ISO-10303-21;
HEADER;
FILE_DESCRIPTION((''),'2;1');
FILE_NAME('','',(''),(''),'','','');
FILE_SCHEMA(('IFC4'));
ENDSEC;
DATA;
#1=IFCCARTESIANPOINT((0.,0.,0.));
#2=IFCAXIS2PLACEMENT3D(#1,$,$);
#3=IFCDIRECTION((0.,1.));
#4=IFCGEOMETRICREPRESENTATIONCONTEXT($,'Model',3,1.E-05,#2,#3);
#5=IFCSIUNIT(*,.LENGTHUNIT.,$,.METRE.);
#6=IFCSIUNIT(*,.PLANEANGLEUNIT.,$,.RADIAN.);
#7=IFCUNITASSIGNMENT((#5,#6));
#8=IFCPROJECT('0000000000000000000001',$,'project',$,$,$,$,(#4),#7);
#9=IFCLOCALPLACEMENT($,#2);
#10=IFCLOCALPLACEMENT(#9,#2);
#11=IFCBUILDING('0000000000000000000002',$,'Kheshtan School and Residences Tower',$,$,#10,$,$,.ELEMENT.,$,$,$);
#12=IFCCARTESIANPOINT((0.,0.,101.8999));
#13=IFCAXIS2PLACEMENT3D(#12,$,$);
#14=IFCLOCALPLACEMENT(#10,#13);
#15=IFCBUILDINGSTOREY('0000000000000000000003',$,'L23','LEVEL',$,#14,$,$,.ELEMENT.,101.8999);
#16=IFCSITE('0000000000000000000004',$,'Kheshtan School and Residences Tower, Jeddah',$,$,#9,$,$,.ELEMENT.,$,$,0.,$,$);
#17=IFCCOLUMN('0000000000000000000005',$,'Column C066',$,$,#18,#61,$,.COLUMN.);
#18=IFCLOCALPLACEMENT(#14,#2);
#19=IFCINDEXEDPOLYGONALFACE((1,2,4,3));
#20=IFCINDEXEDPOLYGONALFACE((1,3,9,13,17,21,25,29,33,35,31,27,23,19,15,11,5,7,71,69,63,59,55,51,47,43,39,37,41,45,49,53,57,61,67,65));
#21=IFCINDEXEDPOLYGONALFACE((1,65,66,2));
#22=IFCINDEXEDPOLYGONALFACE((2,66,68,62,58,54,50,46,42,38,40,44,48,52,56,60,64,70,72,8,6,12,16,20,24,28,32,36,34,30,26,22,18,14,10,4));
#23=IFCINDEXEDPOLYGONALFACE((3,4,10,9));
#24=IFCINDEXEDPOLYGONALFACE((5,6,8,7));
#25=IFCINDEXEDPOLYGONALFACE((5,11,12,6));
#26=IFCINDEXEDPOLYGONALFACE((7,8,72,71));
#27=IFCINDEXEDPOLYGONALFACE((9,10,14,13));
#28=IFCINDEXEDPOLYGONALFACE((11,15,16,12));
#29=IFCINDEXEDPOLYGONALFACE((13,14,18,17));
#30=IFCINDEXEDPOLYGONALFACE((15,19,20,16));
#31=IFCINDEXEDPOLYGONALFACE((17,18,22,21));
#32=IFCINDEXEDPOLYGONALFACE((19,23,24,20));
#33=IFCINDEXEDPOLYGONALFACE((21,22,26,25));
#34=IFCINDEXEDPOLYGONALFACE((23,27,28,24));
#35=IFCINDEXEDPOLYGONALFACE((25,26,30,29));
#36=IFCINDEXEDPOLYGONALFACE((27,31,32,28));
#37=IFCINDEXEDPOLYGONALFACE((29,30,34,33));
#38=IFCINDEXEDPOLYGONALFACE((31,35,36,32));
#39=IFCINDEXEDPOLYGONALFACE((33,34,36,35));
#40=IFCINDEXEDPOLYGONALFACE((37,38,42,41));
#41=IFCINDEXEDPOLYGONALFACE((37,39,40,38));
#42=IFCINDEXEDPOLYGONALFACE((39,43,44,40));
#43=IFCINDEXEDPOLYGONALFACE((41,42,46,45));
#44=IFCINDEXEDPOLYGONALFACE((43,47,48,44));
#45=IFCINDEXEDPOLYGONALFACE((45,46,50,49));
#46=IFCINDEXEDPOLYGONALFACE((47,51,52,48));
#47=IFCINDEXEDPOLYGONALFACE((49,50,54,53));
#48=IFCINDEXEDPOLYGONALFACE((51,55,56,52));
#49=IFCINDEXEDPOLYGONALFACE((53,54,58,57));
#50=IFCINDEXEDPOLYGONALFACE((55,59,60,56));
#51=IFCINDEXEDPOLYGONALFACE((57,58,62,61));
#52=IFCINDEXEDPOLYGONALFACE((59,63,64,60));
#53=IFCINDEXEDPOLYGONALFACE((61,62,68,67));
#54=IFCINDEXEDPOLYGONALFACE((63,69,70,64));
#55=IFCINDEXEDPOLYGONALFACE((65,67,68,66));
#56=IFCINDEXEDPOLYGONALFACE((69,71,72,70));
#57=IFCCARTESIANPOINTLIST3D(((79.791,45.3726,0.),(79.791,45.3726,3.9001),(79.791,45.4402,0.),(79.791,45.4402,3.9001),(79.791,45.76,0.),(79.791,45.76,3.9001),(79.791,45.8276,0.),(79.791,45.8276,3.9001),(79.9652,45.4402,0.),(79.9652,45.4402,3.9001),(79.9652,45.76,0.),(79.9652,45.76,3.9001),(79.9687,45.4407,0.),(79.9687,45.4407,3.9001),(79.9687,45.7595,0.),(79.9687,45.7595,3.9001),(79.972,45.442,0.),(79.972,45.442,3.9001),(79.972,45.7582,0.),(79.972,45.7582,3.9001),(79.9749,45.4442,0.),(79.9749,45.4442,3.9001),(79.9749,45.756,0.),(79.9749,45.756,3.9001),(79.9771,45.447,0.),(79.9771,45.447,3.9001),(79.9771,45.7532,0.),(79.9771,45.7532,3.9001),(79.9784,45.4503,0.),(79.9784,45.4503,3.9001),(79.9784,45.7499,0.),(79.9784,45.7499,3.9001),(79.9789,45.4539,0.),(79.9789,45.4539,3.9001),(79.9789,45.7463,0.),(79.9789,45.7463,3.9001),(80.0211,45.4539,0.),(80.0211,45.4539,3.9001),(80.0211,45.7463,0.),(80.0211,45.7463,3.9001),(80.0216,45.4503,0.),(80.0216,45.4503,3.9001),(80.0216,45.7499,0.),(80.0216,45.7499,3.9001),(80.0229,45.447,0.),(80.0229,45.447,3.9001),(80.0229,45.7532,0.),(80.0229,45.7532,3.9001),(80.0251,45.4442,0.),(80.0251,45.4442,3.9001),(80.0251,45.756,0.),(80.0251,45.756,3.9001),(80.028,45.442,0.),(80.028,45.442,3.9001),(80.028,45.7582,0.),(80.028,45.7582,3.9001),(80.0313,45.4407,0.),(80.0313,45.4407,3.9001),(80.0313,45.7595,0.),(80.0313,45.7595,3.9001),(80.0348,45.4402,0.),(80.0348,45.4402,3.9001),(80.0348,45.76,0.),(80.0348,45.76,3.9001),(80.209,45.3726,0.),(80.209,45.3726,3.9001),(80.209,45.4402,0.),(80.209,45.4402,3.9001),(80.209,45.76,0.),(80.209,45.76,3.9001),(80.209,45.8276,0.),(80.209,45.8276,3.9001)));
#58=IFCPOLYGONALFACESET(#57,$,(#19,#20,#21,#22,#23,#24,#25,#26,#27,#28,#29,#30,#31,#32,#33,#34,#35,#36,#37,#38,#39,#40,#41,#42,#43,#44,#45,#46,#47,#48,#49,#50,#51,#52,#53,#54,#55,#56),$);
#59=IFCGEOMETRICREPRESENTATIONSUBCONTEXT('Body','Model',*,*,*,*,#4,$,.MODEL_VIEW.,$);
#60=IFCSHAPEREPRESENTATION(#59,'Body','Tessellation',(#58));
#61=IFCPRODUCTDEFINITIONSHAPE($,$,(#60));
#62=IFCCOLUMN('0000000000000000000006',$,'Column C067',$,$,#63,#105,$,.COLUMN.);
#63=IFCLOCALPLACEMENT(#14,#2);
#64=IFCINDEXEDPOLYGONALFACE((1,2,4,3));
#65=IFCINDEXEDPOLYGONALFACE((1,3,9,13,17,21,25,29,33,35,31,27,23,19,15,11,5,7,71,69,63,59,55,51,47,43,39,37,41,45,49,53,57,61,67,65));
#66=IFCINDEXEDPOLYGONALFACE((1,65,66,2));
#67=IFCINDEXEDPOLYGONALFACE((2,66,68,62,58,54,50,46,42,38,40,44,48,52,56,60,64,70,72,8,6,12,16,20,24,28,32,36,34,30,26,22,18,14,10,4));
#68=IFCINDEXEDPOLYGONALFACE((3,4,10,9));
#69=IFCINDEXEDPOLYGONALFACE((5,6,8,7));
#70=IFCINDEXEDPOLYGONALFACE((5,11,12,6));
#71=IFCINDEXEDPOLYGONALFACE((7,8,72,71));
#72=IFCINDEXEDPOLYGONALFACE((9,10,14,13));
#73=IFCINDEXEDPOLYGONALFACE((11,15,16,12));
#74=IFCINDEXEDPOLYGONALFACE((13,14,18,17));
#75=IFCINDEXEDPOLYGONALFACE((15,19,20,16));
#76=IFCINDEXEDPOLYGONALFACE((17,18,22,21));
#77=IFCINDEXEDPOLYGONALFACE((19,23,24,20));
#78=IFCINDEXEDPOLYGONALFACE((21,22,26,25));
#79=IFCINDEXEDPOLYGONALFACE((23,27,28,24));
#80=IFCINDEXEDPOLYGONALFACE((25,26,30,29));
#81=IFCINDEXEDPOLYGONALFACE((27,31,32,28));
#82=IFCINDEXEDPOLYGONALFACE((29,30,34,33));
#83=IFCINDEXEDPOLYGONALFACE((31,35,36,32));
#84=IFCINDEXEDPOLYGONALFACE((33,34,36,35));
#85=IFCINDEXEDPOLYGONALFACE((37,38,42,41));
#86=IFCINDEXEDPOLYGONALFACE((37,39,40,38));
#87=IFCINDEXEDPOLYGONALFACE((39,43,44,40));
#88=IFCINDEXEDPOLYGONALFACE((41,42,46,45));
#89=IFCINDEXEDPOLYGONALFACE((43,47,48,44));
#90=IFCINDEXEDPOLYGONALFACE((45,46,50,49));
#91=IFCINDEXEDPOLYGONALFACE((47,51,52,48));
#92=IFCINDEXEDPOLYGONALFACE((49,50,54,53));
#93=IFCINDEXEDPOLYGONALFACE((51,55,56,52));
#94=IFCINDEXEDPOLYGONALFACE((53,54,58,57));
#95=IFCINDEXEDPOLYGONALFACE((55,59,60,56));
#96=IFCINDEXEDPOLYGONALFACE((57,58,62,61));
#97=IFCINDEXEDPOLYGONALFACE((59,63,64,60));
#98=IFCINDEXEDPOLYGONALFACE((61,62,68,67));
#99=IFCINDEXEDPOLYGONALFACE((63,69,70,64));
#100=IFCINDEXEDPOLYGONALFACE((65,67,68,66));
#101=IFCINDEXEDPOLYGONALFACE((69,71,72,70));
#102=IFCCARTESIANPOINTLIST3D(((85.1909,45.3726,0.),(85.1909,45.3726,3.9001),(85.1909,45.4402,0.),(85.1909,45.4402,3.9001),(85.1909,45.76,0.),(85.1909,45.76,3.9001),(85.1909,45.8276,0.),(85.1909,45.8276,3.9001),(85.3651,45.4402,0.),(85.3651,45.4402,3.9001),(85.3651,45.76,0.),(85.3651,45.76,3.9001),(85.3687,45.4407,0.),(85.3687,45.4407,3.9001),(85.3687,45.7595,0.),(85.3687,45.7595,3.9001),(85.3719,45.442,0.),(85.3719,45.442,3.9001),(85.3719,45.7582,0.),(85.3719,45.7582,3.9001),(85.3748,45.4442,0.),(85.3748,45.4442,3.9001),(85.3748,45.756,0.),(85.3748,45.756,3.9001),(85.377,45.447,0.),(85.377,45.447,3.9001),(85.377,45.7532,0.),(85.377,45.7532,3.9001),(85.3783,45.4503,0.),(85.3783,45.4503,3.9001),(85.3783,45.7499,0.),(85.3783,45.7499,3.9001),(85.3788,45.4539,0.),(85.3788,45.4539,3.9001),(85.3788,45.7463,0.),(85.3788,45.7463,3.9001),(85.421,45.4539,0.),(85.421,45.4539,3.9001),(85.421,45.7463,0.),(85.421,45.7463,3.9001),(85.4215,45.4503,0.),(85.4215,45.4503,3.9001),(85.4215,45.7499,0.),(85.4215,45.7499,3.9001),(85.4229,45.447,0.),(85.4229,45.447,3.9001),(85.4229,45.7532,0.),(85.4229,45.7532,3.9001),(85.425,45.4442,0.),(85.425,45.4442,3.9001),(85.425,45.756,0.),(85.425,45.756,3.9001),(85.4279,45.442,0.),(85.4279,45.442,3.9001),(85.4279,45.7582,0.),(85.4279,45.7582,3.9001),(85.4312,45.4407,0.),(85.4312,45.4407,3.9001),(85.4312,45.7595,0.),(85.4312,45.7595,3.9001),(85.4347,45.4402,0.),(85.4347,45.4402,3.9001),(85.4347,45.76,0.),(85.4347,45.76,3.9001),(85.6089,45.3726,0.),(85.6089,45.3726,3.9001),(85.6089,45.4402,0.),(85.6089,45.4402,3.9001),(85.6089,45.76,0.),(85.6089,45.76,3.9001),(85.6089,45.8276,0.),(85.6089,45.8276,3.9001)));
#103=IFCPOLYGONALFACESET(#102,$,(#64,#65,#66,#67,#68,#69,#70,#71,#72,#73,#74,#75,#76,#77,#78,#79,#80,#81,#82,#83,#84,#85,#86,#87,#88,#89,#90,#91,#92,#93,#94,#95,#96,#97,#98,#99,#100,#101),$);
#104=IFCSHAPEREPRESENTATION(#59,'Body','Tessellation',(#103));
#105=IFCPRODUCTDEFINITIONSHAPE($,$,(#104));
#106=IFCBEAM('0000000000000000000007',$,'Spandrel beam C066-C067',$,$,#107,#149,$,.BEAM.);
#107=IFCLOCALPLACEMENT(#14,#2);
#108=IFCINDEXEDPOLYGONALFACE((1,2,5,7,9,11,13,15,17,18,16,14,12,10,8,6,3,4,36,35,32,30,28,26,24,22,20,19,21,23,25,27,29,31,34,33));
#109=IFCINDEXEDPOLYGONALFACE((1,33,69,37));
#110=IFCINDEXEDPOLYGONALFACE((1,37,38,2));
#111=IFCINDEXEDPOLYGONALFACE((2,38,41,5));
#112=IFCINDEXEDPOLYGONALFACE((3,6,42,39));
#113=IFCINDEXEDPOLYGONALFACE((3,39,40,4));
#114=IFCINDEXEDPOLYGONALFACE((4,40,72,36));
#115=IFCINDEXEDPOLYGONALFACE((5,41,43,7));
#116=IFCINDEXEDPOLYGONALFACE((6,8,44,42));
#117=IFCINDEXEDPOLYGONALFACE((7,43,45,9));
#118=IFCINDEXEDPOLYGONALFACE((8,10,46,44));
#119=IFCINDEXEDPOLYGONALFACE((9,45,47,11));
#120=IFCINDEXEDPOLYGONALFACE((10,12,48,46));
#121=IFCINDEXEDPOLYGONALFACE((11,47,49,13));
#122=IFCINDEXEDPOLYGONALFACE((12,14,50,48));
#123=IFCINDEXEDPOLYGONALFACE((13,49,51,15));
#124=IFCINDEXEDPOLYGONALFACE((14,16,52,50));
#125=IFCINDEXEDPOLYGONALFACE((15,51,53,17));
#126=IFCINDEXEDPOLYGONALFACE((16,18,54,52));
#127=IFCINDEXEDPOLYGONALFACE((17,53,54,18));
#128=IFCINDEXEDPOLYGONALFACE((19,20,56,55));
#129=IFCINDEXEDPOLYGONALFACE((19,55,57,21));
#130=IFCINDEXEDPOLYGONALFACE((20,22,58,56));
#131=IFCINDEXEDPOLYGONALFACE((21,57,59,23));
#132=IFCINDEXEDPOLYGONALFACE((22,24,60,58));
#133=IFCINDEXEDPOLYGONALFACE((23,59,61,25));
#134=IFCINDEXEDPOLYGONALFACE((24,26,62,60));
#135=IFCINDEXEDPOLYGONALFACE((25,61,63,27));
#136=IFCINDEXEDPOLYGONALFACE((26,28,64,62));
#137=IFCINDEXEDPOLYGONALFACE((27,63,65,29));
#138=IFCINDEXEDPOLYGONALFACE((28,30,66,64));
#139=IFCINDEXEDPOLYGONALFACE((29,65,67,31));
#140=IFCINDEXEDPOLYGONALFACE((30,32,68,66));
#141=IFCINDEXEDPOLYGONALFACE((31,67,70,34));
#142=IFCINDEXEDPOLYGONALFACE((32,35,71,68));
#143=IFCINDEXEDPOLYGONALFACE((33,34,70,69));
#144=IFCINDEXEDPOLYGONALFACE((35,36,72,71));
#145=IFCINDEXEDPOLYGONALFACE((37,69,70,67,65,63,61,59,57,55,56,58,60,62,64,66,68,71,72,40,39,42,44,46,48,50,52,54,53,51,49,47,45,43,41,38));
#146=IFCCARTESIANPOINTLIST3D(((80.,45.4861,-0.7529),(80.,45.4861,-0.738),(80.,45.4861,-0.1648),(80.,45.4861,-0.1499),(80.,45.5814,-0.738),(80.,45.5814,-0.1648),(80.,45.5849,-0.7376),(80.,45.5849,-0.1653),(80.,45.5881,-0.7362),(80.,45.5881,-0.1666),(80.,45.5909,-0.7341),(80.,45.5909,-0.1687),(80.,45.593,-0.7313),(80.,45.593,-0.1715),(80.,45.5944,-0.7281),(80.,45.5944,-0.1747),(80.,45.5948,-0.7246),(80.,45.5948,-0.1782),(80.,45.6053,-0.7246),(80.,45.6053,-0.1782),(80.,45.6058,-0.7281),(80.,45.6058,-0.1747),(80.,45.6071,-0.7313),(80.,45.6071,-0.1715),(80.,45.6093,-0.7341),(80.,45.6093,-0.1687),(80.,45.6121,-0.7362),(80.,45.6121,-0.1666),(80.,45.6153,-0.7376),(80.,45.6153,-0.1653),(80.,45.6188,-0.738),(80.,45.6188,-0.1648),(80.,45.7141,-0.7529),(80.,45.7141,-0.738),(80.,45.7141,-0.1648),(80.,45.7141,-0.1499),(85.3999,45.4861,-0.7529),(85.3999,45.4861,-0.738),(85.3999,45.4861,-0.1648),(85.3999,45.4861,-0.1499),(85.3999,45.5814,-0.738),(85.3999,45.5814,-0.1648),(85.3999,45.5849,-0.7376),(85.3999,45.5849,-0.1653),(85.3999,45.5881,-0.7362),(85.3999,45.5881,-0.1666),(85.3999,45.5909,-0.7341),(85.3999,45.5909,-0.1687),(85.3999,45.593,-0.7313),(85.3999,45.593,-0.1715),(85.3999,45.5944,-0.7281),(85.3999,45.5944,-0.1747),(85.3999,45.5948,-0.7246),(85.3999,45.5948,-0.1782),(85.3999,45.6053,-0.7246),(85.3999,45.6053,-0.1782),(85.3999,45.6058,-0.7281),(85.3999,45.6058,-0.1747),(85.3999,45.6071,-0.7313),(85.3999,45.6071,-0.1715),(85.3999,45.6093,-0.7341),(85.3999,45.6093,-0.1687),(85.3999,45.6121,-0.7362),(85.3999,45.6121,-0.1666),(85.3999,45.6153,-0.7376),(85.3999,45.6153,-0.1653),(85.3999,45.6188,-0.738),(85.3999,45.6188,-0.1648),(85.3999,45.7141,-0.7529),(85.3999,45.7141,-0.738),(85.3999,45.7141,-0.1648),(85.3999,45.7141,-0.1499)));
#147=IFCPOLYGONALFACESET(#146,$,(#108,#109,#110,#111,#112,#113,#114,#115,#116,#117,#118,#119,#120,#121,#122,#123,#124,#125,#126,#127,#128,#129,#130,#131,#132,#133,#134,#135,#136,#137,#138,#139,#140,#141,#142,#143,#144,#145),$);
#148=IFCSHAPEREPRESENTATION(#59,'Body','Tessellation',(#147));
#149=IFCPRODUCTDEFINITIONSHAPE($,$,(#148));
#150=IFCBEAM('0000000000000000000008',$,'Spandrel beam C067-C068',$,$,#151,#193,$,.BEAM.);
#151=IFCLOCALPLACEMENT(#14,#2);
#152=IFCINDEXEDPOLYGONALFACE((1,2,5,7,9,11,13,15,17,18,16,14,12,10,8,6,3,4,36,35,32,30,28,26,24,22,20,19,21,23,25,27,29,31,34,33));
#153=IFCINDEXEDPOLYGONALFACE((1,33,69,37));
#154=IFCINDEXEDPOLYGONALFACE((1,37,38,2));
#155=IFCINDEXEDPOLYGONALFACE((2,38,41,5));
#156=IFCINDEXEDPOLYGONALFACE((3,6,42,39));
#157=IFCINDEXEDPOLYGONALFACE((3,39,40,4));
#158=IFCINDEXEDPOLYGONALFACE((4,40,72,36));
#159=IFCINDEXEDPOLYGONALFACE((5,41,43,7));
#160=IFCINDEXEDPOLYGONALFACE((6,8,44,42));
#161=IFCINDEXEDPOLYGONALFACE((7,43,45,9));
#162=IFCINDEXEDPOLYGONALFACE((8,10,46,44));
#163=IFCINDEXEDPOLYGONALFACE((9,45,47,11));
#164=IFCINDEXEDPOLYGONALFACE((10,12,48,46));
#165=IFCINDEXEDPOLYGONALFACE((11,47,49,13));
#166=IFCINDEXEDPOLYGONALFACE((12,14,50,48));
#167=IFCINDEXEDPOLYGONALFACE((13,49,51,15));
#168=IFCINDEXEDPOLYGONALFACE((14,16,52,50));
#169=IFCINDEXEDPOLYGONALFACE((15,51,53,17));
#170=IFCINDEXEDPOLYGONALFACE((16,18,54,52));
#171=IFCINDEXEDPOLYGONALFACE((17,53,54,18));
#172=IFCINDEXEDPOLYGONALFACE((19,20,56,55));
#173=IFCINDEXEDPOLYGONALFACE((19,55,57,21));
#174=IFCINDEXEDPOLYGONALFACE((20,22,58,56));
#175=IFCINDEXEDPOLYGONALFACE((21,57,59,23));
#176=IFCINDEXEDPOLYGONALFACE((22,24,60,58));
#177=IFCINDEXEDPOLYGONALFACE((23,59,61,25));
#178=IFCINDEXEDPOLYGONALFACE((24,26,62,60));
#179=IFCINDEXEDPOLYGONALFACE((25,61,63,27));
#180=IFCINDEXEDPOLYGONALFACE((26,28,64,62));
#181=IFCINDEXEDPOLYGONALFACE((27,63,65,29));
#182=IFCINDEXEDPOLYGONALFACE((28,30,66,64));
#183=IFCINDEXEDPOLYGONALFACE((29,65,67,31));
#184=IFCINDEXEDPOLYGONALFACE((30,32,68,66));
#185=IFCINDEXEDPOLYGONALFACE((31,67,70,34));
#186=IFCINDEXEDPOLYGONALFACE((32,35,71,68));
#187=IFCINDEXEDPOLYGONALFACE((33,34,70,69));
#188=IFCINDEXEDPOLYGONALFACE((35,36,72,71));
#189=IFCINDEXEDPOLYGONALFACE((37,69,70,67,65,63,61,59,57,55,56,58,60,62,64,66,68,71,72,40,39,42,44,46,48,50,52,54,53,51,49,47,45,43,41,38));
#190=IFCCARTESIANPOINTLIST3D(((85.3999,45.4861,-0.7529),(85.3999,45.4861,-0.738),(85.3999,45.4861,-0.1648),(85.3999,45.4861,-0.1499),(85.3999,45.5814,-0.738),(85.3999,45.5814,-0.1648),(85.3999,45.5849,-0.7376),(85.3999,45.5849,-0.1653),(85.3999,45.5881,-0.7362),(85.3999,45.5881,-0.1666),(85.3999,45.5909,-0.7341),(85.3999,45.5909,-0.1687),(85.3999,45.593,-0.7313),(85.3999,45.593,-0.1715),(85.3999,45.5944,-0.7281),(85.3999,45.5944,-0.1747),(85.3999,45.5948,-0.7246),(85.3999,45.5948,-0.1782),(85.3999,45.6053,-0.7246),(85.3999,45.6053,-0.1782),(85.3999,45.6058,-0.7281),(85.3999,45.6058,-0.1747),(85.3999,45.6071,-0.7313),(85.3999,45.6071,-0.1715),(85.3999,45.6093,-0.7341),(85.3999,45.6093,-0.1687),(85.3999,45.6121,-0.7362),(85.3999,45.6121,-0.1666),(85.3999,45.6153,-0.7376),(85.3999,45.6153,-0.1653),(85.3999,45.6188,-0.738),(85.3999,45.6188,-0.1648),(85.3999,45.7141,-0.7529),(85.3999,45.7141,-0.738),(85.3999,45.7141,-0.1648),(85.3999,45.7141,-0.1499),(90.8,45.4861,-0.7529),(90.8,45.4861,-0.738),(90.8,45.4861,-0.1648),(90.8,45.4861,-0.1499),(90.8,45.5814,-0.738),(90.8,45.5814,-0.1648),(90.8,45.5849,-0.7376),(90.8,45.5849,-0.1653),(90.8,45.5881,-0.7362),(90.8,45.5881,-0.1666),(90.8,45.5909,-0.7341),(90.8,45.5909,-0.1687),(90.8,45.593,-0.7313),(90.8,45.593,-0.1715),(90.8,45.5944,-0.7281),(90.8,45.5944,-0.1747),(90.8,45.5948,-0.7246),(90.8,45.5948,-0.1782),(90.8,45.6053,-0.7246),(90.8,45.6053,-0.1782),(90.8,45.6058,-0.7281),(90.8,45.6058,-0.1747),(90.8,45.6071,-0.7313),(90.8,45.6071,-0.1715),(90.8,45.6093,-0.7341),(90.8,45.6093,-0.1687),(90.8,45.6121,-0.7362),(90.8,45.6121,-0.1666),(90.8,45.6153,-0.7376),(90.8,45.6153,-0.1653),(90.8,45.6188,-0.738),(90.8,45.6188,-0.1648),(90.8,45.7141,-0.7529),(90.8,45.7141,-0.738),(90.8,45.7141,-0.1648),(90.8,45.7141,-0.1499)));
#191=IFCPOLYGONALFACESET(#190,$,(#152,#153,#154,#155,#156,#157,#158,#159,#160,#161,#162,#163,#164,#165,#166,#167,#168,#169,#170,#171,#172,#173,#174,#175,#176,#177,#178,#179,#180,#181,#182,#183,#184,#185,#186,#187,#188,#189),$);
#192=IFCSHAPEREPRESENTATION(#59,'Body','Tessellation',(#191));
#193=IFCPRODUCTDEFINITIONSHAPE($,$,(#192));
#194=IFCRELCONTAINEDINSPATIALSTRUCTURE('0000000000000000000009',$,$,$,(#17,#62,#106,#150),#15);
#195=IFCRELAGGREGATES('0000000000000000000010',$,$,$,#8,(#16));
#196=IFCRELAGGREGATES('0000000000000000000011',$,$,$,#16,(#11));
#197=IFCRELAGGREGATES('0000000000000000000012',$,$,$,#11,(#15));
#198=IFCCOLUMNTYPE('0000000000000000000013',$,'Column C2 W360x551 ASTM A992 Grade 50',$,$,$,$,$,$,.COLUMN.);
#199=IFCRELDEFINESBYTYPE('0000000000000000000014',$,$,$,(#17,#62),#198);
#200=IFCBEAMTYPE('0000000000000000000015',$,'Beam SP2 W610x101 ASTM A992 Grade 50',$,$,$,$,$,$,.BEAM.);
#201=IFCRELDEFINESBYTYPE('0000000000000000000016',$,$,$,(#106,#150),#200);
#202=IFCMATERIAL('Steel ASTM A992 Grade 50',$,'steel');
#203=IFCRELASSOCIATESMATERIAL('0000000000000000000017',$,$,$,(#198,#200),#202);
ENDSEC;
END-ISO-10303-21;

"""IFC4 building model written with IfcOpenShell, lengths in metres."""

from ifc_helpers import new_model, si_unit, direction, frame, origin, origin_2d, place, context, subcontext, project, spatial, i_section, extrude, material, material_profile, profile_set, type_object, element, save


model = new_model("IFC4")

# Units and contexts
model_context = context("Model", 3, precision=1e-05, world=origin(), true_north=direction((0.0, 1.0)))
body_context = subcontext(model_context, "Body", "Model", "MODEL_VIEW")
ifc_project = project(units=[si_unit("LENGTHUNIT", "METRE"), si_unit("PLANEANGLEUNIT", "RADIAN")], contexts=[model_context])

# Site, building, storey
site_placement = place(None, origin())
site = spatial("IfcSite", under=ifc_project, at=site_placement, Name="Kheshtan School and Residences Tower, Jeddah", CompositionType="ELEMENT", RefElevation=0.0)
building_placement = place(site_placement, origin())
building = spatial("IfcBuilding", under=site, at=building_placement, Name="Kheshtan School and Residences Tower", CompositionType="ELEMENT")
storey_placement = place(building_placement, frame((0.0, 0.0, 101.8999)))
storey = spatial("IfcBuildingStorey", under=building, at=storey_placement, Name="L23", Description="LEVEL", CompositionType="ELEMENT", Elevation=101.8999)

# Columns
ifc_material_1 = material(Name="Steel ASTM A992 Grade 50", Category="steel")
ifc_material_profile_1 = material_profile(ifc_material_1, i_section(OverallWidth=0.418, OverallDepth=0.4551, WebThickness=0.0422, FlangeThickness=0.0676, FilletRadius=0.0137, at=origin_2d()), Name="W360x551")
ifc_profile_set_1 = profile_set([ifc_material_profile_1], Name="Steel ASTM A992 Grade 50")
column_type = type_object("IfcColumnType", Name="Column C2 W360x551 ASTM A992 Grade 50", PredefinedType="COLUMN", material=ifc_profile_set_1)
for number, where, z_axis, x_axis, name in (
    (1, (80.0, 45.6001, 0.0), (0.0, 0.0, 1.0), (1.0, 0.0, 0.0), "Column C066"),
    (2, (85.3999, 45.6001, 0.0), (0.0, 0.0, 1.0), (1.0, 0.0, 0.0), "Column C067"),
):
    element("IfcColumn", number, at=place(storey_placement, frame(where, z_axis=z_axis, x_axis=x_axis)), inside=storey, type_object=column_type, Name=name, PredefinedType="COLUMN", context=body_context, shape_type="SweptSolid", body=[
        extrude(i_section(OverallWidth=0.418, OverallDepth=0.4551, WebThickness=0.0422, FlangeThickness=0.0676, FilletRadius=0.0137, at=origin_2d()), origin(), (0.0, 0.0, 1.0), 3.9001),
    ])

# Beams
ifc_material_profile_2 = material_profile(ifc_material_1, i_section(OverallWidth=0.228, OverallDepth=0.603, WebThickness=0.0105, FlangeThickness=0.0149, FilletRadius=0.0134, at=origin_2d()), Name="W610x101")
ifc_profile_set_2 = profile_set([ifc_material_profile_2], Name="Steel ASTM A992 Grade 50")
beam_type = type_object("IfcBeamType", Name="Beam SP2 W610x101 ASTM A992 Grade 50", PredefinedType="BEAM", material=ifc_profile_set_2)
beam_1_placement = place(storey_placement, frame((80.0, 45.6001, -0.4514), z_axis=(1.0, 0.0, 0.0), x_axis=(0.0, 1.0, 0.0)))
element("IfcBeam", 3, at=beam_1_placement, inside=storey, type_object=beam_type, Name="Spandrel beam C066-C067", PredefinedType="BEAM", context=body_context, shape_type="SweptSolid", body=[
    extrude(i_section(OverallWidth=0.228, OverallDepth=0.603, WebThickness=0.0105, FlangeThickness=0.0149, FilletRadius=0.0134, at=origin_2d()), origin(), (0.0, 0.0, 1.0), 5.3999),
])
beam_2_placement = place(storey_placement, frame((85.3999, 45.6001, -0.4514), z_axis=(1.0, 0.0, 0.0), x_axis=(0.0, 1.0, 0.0)))
element("IfcBeam", 4, at=beam_2_placement, inside=storey, type_object=beam_type, Name="Spandrel beam C067-C068", PredefinedType="BEAM", context=body_context, shape_type="SweptSolid", body=[
    extrude(i_section(OverallWidth=0.228, OverallDepth=0.603, WebThickness=0.0105, FlangeThickness=0.0149, FilletRadius=0.0134, at=origin_2d()), origin(), (0.0, 0.0, 1.0), 5.4001),
])

save(model, "model.ifc")
